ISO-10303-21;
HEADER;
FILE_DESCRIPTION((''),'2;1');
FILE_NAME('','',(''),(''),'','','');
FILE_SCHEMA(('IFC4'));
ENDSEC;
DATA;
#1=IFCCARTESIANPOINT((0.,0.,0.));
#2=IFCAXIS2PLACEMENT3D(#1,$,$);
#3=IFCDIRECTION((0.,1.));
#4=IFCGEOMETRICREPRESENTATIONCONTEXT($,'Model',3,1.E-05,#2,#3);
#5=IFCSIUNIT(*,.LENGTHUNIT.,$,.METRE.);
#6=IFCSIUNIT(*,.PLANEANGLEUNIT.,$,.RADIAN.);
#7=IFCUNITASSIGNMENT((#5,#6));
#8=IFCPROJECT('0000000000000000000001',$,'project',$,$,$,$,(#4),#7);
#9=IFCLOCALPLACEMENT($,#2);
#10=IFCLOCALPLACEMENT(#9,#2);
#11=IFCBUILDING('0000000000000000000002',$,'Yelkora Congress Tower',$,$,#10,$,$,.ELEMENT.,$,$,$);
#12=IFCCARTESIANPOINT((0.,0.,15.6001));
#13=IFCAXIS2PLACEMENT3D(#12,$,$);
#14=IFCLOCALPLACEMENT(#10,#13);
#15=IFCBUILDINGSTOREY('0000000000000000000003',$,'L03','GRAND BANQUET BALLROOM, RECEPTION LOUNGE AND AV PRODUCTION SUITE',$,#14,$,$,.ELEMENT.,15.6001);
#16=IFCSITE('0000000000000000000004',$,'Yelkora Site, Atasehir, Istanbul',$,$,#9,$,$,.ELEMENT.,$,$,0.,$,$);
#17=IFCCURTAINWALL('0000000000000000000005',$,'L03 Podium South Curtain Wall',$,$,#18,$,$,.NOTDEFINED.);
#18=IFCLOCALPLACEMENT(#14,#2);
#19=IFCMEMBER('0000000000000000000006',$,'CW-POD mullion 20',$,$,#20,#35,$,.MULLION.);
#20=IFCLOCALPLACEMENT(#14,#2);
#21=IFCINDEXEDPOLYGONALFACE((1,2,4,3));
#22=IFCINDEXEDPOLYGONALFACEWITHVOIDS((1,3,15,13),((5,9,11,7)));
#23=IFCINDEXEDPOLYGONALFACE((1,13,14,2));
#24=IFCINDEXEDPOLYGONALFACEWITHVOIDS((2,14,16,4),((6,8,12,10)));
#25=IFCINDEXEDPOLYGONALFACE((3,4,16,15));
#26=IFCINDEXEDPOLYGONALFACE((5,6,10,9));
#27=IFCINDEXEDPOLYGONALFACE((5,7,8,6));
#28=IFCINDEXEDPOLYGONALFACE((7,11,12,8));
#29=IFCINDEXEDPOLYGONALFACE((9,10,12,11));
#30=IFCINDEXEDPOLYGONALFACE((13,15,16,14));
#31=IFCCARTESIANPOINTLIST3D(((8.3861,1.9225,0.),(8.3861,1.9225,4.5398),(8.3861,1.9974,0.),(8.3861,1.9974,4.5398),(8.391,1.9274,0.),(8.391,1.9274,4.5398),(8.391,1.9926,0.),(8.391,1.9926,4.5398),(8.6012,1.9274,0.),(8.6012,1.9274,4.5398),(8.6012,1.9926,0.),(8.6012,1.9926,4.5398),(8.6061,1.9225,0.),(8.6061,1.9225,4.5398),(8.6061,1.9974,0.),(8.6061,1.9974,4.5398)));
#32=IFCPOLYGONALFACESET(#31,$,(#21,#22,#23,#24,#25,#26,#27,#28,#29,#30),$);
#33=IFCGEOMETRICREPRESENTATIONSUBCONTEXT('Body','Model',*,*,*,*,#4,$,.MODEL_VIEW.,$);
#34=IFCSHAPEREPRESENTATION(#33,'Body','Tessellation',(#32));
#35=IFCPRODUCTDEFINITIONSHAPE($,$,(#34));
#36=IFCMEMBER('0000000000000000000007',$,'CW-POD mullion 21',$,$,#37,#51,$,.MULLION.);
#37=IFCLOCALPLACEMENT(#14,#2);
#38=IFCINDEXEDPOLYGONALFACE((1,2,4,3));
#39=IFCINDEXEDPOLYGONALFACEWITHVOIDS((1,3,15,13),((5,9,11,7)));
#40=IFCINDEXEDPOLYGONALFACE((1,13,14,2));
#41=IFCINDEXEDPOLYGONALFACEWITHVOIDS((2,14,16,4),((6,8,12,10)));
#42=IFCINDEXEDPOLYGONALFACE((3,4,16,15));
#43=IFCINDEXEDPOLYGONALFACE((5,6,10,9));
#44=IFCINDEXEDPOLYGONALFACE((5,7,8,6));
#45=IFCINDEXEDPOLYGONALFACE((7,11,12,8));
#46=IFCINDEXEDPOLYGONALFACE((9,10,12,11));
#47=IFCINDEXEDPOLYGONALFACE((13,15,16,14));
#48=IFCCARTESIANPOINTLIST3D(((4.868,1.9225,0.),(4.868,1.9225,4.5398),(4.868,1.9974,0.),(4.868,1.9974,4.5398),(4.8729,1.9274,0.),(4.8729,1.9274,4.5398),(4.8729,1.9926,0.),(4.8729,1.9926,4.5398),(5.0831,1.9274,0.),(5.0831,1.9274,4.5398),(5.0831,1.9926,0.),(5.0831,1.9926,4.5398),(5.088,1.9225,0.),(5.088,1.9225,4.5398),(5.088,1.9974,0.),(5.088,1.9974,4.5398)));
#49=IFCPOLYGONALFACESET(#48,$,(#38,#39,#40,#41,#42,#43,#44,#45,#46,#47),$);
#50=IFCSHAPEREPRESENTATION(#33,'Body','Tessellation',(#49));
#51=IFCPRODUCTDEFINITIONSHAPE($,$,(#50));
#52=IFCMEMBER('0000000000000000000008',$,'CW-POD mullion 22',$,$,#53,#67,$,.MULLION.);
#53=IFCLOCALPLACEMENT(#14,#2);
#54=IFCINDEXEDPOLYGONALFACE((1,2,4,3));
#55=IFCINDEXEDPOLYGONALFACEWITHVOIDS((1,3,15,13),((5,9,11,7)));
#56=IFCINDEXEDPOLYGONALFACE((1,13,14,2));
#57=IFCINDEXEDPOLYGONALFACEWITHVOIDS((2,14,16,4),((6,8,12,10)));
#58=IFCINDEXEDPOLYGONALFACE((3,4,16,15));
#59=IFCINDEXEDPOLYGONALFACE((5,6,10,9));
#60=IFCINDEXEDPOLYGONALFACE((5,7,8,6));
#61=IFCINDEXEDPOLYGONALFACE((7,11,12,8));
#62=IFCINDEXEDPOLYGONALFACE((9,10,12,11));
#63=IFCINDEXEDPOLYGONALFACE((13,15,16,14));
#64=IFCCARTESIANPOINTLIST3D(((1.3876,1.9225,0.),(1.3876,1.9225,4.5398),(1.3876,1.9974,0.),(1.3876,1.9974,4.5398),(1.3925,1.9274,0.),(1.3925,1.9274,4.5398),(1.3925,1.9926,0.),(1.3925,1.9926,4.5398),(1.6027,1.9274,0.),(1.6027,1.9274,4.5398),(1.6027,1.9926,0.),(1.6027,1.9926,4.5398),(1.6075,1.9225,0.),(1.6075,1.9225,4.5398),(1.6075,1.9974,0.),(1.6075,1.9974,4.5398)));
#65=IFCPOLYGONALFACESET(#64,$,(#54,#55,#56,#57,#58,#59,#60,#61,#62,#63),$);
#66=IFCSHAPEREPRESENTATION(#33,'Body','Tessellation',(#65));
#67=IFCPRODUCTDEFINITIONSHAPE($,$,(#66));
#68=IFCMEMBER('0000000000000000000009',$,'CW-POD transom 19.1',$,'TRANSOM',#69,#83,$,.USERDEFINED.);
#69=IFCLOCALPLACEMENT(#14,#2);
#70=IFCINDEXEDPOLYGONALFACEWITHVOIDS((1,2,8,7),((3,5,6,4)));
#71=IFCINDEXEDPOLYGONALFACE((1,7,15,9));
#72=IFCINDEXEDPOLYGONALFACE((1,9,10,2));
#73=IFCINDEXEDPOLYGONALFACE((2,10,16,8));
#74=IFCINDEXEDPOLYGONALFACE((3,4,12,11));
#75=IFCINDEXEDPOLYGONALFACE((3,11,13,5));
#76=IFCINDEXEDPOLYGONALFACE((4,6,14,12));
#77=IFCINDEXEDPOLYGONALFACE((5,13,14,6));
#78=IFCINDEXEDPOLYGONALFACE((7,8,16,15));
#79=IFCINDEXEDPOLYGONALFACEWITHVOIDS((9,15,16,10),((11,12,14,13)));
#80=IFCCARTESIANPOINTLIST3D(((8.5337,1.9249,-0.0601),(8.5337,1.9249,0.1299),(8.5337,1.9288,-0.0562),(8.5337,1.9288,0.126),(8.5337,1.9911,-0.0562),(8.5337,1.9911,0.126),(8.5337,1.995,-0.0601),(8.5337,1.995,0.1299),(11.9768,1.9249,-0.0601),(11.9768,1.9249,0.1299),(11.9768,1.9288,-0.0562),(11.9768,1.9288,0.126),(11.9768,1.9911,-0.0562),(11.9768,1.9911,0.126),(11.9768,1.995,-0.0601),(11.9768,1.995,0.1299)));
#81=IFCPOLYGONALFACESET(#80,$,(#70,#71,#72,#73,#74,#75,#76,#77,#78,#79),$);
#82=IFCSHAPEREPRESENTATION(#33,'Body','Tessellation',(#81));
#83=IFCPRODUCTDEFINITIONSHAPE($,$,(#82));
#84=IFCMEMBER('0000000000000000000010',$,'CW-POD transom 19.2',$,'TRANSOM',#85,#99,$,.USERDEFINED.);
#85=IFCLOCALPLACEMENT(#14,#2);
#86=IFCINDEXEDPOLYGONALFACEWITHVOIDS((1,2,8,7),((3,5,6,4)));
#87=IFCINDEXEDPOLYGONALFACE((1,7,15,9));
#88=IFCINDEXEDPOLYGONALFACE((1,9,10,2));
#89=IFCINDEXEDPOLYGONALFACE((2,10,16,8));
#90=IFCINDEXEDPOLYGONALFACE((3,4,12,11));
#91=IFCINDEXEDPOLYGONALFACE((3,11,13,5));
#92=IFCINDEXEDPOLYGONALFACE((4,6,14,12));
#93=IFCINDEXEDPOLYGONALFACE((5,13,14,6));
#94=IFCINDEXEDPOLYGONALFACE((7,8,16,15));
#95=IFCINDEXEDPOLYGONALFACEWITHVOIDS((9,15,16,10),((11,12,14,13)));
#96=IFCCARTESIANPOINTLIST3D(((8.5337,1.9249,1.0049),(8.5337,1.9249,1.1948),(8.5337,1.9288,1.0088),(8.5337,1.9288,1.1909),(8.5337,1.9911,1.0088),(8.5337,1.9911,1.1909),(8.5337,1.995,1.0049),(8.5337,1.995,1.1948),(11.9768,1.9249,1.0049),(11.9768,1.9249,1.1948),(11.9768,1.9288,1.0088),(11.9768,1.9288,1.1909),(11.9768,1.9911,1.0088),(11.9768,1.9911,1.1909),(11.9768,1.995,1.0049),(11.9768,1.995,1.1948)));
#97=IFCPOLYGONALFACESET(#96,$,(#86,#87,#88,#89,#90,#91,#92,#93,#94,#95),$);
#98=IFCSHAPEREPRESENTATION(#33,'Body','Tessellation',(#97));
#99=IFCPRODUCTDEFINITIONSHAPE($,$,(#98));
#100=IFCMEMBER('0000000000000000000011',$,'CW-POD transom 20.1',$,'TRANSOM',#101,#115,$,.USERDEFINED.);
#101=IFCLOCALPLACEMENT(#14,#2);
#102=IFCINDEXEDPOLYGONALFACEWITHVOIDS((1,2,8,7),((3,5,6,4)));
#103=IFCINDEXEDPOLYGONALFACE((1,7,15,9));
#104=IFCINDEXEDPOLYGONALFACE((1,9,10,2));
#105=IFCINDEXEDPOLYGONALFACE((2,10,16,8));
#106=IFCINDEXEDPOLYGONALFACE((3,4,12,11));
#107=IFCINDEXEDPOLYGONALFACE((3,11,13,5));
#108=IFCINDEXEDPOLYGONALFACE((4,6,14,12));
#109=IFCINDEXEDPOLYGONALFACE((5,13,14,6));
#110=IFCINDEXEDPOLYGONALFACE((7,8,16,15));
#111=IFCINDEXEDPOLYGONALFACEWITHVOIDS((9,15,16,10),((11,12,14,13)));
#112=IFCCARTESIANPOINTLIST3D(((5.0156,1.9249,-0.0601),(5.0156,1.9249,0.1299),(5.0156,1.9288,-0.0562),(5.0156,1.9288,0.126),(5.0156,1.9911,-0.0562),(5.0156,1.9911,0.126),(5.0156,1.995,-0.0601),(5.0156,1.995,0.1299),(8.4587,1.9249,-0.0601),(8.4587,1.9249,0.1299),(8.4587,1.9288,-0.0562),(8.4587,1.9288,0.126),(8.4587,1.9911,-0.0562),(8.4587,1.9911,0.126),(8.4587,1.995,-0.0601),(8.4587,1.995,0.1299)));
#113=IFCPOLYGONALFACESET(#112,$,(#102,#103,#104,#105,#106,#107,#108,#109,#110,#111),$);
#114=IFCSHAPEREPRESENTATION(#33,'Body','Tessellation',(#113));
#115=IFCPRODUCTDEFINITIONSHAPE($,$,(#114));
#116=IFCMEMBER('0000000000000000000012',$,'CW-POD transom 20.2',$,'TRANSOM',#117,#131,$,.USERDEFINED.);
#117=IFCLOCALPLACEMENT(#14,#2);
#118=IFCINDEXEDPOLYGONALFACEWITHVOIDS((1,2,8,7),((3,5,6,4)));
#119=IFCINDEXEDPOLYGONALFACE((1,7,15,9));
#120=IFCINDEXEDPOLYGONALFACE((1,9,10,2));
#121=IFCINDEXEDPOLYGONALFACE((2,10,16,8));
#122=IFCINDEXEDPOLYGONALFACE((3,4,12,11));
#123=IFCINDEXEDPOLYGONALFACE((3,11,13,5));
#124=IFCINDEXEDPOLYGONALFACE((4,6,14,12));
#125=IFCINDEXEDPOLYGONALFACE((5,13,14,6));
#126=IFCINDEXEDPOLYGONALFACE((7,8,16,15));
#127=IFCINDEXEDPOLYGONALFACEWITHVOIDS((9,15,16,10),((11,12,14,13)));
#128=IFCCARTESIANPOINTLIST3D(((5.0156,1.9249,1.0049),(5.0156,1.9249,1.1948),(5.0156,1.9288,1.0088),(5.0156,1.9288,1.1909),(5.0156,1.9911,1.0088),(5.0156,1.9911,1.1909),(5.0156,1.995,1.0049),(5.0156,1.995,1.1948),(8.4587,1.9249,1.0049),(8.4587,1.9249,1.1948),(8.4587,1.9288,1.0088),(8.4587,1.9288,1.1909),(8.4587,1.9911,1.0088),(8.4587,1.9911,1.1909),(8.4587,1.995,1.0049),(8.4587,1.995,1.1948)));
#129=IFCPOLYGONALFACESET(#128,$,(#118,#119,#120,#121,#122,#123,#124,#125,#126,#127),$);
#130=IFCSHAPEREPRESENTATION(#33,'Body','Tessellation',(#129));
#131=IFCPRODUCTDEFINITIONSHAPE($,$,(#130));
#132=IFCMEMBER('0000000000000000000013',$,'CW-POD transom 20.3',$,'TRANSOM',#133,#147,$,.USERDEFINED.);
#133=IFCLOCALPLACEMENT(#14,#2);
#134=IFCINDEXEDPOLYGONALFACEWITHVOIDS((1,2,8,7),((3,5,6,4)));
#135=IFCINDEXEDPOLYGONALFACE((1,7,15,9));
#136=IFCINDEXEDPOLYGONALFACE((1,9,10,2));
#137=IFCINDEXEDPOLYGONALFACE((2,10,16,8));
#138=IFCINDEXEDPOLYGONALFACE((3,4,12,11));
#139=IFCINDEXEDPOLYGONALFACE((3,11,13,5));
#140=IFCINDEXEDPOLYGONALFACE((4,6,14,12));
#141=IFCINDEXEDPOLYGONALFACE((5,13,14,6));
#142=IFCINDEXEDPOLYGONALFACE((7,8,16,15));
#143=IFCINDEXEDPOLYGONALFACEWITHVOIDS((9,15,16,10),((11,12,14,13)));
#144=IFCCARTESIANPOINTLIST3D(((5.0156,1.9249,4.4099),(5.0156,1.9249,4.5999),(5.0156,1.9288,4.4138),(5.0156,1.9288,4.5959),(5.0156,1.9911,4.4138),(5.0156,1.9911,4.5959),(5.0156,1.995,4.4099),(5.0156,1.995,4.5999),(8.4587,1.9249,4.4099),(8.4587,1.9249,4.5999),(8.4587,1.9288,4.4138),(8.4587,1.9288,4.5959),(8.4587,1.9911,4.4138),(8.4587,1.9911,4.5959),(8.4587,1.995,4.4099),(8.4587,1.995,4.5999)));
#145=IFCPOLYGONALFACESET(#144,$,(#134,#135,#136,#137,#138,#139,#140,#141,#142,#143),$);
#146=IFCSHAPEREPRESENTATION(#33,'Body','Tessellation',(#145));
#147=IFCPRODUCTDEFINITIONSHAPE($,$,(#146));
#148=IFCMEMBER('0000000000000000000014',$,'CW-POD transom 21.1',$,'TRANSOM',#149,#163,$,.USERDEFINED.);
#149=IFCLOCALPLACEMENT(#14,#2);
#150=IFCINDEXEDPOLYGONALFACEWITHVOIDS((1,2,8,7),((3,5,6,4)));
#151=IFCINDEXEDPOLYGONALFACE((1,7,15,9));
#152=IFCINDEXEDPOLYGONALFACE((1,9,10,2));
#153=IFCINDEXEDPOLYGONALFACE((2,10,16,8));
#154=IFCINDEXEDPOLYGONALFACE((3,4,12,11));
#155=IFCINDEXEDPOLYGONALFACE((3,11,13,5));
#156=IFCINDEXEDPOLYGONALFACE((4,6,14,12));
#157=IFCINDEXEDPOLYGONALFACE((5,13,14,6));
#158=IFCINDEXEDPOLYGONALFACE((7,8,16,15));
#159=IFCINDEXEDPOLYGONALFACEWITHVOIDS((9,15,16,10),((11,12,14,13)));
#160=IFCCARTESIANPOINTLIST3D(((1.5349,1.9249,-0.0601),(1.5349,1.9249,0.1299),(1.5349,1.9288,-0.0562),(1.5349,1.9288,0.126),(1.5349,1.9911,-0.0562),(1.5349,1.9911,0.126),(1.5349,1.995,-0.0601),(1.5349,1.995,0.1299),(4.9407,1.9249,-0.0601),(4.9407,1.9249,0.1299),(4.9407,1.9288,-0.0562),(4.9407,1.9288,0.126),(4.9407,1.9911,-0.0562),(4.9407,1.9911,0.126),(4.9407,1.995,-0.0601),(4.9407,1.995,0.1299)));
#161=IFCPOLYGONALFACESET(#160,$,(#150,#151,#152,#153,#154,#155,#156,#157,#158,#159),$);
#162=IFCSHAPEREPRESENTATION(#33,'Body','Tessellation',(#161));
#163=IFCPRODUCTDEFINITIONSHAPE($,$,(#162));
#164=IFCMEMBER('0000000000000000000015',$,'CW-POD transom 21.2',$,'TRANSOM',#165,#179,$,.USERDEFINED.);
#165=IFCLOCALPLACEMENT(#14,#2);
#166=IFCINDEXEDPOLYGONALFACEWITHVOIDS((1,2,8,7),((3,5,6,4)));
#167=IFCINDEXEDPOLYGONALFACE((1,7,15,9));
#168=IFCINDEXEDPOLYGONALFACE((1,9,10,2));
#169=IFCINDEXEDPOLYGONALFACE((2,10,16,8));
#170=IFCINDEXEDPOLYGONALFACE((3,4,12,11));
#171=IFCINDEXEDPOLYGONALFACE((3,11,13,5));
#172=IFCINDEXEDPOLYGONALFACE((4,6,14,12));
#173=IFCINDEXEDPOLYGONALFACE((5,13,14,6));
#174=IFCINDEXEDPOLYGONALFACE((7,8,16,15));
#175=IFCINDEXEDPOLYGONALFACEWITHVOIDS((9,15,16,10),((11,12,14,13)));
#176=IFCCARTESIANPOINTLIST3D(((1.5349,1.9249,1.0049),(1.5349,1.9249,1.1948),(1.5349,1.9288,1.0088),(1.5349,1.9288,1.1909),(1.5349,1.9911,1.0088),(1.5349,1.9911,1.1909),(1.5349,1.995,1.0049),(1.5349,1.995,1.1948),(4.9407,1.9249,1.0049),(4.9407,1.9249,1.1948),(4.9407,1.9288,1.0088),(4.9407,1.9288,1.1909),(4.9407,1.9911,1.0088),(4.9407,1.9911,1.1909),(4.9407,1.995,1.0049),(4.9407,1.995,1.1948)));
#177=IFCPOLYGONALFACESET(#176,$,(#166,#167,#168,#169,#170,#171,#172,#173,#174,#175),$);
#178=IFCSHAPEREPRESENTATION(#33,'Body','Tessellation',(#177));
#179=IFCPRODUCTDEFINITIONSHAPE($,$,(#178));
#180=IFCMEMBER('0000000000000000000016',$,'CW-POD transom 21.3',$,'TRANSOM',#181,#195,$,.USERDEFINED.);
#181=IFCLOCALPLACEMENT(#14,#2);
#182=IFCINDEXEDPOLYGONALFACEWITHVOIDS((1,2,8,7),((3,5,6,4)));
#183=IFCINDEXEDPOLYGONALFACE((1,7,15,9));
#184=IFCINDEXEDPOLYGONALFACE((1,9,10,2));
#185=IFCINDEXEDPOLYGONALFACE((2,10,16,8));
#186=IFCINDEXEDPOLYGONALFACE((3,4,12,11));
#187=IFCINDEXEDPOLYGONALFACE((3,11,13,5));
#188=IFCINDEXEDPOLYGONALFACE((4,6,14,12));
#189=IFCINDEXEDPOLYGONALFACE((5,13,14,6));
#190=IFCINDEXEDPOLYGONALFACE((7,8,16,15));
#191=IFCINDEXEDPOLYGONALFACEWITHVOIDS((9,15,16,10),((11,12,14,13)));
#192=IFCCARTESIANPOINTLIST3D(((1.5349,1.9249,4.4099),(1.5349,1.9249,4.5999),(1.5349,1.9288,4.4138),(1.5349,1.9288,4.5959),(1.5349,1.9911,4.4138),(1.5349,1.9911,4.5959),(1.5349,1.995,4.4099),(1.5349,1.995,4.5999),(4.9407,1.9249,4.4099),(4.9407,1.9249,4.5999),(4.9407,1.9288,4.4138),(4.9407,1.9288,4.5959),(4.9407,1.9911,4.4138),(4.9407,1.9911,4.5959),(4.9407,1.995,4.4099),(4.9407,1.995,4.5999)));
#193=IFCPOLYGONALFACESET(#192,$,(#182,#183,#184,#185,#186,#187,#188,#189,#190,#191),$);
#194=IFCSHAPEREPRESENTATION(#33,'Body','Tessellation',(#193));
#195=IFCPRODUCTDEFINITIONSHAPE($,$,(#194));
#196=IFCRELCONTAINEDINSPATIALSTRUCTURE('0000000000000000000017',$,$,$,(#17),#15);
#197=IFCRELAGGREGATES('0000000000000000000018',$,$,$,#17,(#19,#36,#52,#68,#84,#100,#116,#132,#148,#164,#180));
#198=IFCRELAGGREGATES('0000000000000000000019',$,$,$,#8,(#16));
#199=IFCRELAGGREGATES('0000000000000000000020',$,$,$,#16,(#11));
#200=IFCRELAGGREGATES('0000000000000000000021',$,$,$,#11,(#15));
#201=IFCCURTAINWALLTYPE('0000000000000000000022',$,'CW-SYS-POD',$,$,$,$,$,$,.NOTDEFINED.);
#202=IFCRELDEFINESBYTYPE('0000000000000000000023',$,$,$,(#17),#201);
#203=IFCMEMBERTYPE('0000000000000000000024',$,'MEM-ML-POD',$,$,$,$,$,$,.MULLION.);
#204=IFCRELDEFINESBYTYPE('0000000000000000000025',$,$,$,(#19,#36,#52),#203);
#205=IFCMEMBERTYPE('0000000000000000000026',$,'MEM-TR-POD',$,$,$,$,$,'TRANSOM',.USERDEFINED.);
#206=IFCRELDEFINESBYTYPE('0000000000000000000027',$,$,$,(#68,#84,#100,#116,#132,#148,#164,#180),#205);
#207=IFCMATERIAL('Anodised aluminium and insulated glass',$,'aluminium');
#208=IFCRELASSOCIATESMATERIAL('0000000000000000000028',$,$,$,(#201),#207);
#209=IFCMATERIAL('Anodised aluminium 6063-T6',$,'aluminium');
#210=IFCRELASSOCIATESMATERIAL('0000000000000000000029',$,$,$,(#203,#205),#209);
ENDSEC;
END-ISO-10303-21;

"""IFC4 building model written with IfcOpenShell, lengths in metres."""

from ifc_helpers import new_model, si_unit, direction, frame, origin, origin_2d, place, context, subcontext, project, spatial, hollow_rectangle, extrude, material, material_profile, profile_set, type_object, element, aggregate, save


model = new_model("IFC4")

# Units and contexts
model_context = context("Model", 3, precision=1e-05, world=origin(), true_north=direction((0.0, 1.0)))
body_context = subcontext(model_context, "Body", "Model", "MODEL_VIEW")
ifc_project = project(units=[si_unit("LENGTHUNIT", "METRE"), si_unit("PLANEANGLEUNIT", "RADIAN")], contexts=[model_context])

# Site, building, storey
site_placement = place(None, origin())
site = spatial("IfcSite", under=ifc_project, at=site_placement, Name="Yelkora Site, Atasehir, Istanbul", CompositionType="ELEMENT", RefElevation=0.0)
building_placement = place(site_placement, origin())
building = spatial("IfcBuilding", under=site, at=building_placement, Name="Yelkora Congress Tower", CompositionType="ELEMENT")
storey_placement = place(building_placement, frame((0.0, 0.0, 15.6001)))
storey = spatial("IfcBuildingStorey", under=building, at=storey_placement, Name="L03", Description="GRAND BANQUET BALLROOM, RECEPTION LOUNGE AND AV PRODUCTION SUITE", CompositionType="ELEMENT", Elevation=15.6001)

# Curtain wall, members
ifc_material_1 = material(Name="Anodised aluminium and insulated glass", Category="aluminium")
curtain_wall_type = type_object("IfcCurtainWallType", Name="CW-SYS-POD", PredefinedType="NOTDEFINED", material=ifc_material_1)
curtain_wall_placement = place(storey_placement, origin())
curtain_wall = element("IfcCurtainWall", 1, at=curtain_wall_placement, inside=storey, type_object=curtain_wall_type, Name="L03 Podium South Curtain Wall", PredefinedType="NOTDEFINED")
ifc_material_2 = material(Name="Anodised aluminium 6063-T6", Category="aluminium")
ifc_material_profile_1 = material_profile(ifc_material_2, hollow_rectangle(XDim=0.075, YDim=0.22, WallThickness=0.0049, at=origin_2d()), Name="ALU 75x220x5")
ifc_profile_set_1 = profile_set([ifc_material_profile_1], Name="Anodised aluminium 6063-T6")
member_type_1 = type_object("IfcMemberType", Name="MEM-ML-POD", PredefinedType="MULLION", material=ifc_profile_set_1)
member_1_placement = place(storey_placement, frame((8.4961, 1.96, 0.0), z_axis=(0.0, 0.0, 1.0), x_axis=(0.0, -1.0, 0.0)))
member_1 = element("IfcMember", 2, at=member_1_placement, type_object=member_type_1, Name="CW-POD mullion 20", PredefinedType="MULLION", context=body_context, shape_type="SweptSolid", body=[
    extrude(hollow_rectangle(XDim=0.075, YDim=0.22, WallThickness=0.0049, at=origin_2d()), origin(), (0.0, 0.0, 1.0), 4.5398),
])
member_2_placement = place(storey_placement, frame((4.978, 1.96, 0.0), z_axis=(0.0, 0.0, 1.0), x_axis=(0.0, -1.0, 0.0)))
member_2 = element("IfcMember", 3, at=member_2_placement, type_object=member_type_1, Name="CW-POD mullion 21", PredefinedType="MULLION", context=body_context, shape_type="SweptSolid", body=[
    extrude(hollow_rectangle(XDim=0.075, YDim=0.22, WallThickness=0.0049, at=origin_2d()), origin(), (0.0, 0.0, 1.0), 4.5398),
])
member_3_placement = place(storey_placement, frame((1.4976, 1.96, 0.0), z_axis=(0.0, 0.0, 1.0), x_axis=(0.0, -1.0, 0.0)))
member_3 = element("IfcMember", 4, at=member_3_placement, type_object=member_type_1, Name="CW-POD mullion 22", PredefinedType="MULLION", context=body_context, shape_type="SweptSolid", body=[
    extrude(hollow_rectangle(XDim=0.075, YDim=0.22, WallThickness=0.0049, at=origin_2d()), origin(), (0.0, 0.0, 1.0), 4.5398),
])
ifc_material_profile_2 = material_profile(ifc_material_2, hollow_rectangle(XDim=0.0701, YDim=0.1899, WallThickness=0.0039, at=origin_2d()), Name="ALU 70x190x4")
ifc_profile_set_2 = profile_set([ifc_material_profile_2], Name="Anodised aluminium 6063-T6")
member_type_2 = type_object("IfcMemberType", Name="MEM-TR-POD", ElementType="TRANSOM", PredefinedType="USERDEFINED", material=ifc_profile_set_2)
member_4_placement = place(storey_placement, frame((11.9768, 1.96, 0.0349), z_axis=(-1.0, 0.0, 0.0), x_axis=(0.0, -1.0, 0.0)))
member_4 = element("IfcMember", 5, at=member_4_placement, type_object=member_type_2, Name="CW-POD transom 19.1", ObjectType="TRANSOM", PredefinedType="USERDEFINED", context=body_context, shape_type="SweptSolid", body=[
    extrude(hollow_rectangle(XDim=0.0701, YDim=0.1899, WallThickness=0.0039, at=origin_2d()), origin(), (0.0, 0.0, 1.0), 3.4431),
])
member_5_placement = place(storey_placement, frame((11.9768, 1.96, 1.0999), z_axis=(-1.0, 0.0, 0.0), x_axis=(0.0, -1.0, 0.0)))
member_5 = element("IfcMember", 6, at=member_5_placement, type_object=member_type_2, Name="CW-POD transom 19.2", ObjectType="TRANSOM", PredefinedType="USERDEFINED", context=body_context, shape_type="SweptSolid", body=[
    extrude(hollow_rectangle(XDim=0.0701, YDim=0.1899, WallThickness=0.0039, at=origin_2d()), origin(), (0.0, 0.0, 1.0), 3.4431),
])
member_6_placement = place(storey_placement, frame((8.4587, 1.96, 0.0349), z_axis=(-1.0, 0.0, 0.0), x_axis=(0.0, -1.0, 0.0)))
member_6 = element("IfcMember", 7, at=member_6_placement, type_object=member_type_2, Name="CW-POD transom 20.1", ObjectType="TRANSOM", PredefinedType="USERDEFINED", context=body_context, shape_type="SweptSolid", body=[
    extrude(hollow_rectangle(XDim=0.0701, YDim=0.1899, WallThickness=0.0039, at=origin_2d()), origin(), (0.0, 0.0, 1.0), 3.4431),
])
member_7_placement = place(storey_placement, frame((8.4587, 1.96, 1.0999), z_axis=(-1.0, 0.0, 0.0), x_axis=(0.0, -1.0, 0.0)))
member_7 = element("IfcMember", 8, at=member_7_placement, type_object=member_type_2, Name="CW-POD transom 20.2", ObjectType="TRANSOM", PredefinedType="USERDEFINED", context=body_context, shape_type="SweptSolid", body=[
    extrude(hollow_rectangle(XDim=0.0701, YDim=0.1899, WallThickness=0.0039, at=origin_2d()), origin(), (0.0, 0.0, 1.0), 3.4431),
])
member_8_placement = place(storey_placement, frame((8.4587, 1.96, 4.5049), z_axis=(-1.0, 0.0, 0.0), x_axis=(0.0, -1.0, 0.0)))
member_8 = element("IfcMember", 9, at=member_8_placement, type_object=member_type_2, Name="CW-POD transom 20.3", ObjectType="TRANSOM", PredefinedType="USERDEFINED", context=body_context, shape_type="SweptSolid", body=[
    extrude(hollow_rectangle(XDim=0.0701, YDim=0.1899, WallThickness=0.0039, at=origin_2d()), origin(), (0.0, 0.0, 1.0), 3.4431),
])
member_9_placement = place(storey_placement, frame((4.9407, 1.96, 0.0349), z_axis=(-1.0, 0.0, 0.0), x_axis=(0.0, -1.0, 0.0)))
member_9 = element("IfcMember", 10, at=member_9_placement, type_object=member_type_2, Name="CW-POD transom 21.1", ObjectType="TRANSOM", PredefinedType="USERDEFINED", context=body_context, shape_type="SweptSolid", body=[
    extrude(hollow_rectangle(XDim=0.0701, YDim=0.1899, WallThickness=0.0039, at=origin_2d()), origin(), (0.0, 0.0, 1.0), 3.4058),
])
member_10_placement = place(storey_placement, frame((4.9407, 1.96, 1.0999), z_axis=(-1.0, 0.0, 0.0), x_axis=(0.0, -1.0, 0.0)))
member_10 = element("IfcMember", 11, at=member_10_placement, type_object=member_type_2, Name="CW-POD transom 21.2", ObjectType="TRANSOM", PredefinedType="USERDEFINED", context=body_context, shape_type="SweptSolid", body=[
    extrude(hollow_rectangle(XDim=0.0701, YDim=0.1899, WallThickness=0.0039, at=origin_2d()), origin(), (0.0, 0.0, 1.0), 3.4058),
])
member_11_placement = place(storey_placement, frame((4.9407, 1.96, 4.5049), z_axis=(-1.0, 0.0, 0.0), x_axis=(0.0, -1.0, 0.0)))
member_11 = element("IfcMember", 12, at=member_11_placement, type_object=member_type_2, Name="CW-POD transom 21.3", ObjectType="TRANSOM", PredefinedType="USERDEFINED", context=body_context, shape_type="SweptSolid", body=[
    extrude(hollow_rectangle(XDim=0.0701, YDim=0.1899, WallThickness=0.0039, at=origin_2d()), origin(), (0.0, 0.0, 1.0), 3.4058),
])
aggregate(curtain_wall, [member_1, member_2, member_3, member_4, member_5, member_6, member_7, member_8, member_9, member_10, member_11])

save(model, "model.ifc")
